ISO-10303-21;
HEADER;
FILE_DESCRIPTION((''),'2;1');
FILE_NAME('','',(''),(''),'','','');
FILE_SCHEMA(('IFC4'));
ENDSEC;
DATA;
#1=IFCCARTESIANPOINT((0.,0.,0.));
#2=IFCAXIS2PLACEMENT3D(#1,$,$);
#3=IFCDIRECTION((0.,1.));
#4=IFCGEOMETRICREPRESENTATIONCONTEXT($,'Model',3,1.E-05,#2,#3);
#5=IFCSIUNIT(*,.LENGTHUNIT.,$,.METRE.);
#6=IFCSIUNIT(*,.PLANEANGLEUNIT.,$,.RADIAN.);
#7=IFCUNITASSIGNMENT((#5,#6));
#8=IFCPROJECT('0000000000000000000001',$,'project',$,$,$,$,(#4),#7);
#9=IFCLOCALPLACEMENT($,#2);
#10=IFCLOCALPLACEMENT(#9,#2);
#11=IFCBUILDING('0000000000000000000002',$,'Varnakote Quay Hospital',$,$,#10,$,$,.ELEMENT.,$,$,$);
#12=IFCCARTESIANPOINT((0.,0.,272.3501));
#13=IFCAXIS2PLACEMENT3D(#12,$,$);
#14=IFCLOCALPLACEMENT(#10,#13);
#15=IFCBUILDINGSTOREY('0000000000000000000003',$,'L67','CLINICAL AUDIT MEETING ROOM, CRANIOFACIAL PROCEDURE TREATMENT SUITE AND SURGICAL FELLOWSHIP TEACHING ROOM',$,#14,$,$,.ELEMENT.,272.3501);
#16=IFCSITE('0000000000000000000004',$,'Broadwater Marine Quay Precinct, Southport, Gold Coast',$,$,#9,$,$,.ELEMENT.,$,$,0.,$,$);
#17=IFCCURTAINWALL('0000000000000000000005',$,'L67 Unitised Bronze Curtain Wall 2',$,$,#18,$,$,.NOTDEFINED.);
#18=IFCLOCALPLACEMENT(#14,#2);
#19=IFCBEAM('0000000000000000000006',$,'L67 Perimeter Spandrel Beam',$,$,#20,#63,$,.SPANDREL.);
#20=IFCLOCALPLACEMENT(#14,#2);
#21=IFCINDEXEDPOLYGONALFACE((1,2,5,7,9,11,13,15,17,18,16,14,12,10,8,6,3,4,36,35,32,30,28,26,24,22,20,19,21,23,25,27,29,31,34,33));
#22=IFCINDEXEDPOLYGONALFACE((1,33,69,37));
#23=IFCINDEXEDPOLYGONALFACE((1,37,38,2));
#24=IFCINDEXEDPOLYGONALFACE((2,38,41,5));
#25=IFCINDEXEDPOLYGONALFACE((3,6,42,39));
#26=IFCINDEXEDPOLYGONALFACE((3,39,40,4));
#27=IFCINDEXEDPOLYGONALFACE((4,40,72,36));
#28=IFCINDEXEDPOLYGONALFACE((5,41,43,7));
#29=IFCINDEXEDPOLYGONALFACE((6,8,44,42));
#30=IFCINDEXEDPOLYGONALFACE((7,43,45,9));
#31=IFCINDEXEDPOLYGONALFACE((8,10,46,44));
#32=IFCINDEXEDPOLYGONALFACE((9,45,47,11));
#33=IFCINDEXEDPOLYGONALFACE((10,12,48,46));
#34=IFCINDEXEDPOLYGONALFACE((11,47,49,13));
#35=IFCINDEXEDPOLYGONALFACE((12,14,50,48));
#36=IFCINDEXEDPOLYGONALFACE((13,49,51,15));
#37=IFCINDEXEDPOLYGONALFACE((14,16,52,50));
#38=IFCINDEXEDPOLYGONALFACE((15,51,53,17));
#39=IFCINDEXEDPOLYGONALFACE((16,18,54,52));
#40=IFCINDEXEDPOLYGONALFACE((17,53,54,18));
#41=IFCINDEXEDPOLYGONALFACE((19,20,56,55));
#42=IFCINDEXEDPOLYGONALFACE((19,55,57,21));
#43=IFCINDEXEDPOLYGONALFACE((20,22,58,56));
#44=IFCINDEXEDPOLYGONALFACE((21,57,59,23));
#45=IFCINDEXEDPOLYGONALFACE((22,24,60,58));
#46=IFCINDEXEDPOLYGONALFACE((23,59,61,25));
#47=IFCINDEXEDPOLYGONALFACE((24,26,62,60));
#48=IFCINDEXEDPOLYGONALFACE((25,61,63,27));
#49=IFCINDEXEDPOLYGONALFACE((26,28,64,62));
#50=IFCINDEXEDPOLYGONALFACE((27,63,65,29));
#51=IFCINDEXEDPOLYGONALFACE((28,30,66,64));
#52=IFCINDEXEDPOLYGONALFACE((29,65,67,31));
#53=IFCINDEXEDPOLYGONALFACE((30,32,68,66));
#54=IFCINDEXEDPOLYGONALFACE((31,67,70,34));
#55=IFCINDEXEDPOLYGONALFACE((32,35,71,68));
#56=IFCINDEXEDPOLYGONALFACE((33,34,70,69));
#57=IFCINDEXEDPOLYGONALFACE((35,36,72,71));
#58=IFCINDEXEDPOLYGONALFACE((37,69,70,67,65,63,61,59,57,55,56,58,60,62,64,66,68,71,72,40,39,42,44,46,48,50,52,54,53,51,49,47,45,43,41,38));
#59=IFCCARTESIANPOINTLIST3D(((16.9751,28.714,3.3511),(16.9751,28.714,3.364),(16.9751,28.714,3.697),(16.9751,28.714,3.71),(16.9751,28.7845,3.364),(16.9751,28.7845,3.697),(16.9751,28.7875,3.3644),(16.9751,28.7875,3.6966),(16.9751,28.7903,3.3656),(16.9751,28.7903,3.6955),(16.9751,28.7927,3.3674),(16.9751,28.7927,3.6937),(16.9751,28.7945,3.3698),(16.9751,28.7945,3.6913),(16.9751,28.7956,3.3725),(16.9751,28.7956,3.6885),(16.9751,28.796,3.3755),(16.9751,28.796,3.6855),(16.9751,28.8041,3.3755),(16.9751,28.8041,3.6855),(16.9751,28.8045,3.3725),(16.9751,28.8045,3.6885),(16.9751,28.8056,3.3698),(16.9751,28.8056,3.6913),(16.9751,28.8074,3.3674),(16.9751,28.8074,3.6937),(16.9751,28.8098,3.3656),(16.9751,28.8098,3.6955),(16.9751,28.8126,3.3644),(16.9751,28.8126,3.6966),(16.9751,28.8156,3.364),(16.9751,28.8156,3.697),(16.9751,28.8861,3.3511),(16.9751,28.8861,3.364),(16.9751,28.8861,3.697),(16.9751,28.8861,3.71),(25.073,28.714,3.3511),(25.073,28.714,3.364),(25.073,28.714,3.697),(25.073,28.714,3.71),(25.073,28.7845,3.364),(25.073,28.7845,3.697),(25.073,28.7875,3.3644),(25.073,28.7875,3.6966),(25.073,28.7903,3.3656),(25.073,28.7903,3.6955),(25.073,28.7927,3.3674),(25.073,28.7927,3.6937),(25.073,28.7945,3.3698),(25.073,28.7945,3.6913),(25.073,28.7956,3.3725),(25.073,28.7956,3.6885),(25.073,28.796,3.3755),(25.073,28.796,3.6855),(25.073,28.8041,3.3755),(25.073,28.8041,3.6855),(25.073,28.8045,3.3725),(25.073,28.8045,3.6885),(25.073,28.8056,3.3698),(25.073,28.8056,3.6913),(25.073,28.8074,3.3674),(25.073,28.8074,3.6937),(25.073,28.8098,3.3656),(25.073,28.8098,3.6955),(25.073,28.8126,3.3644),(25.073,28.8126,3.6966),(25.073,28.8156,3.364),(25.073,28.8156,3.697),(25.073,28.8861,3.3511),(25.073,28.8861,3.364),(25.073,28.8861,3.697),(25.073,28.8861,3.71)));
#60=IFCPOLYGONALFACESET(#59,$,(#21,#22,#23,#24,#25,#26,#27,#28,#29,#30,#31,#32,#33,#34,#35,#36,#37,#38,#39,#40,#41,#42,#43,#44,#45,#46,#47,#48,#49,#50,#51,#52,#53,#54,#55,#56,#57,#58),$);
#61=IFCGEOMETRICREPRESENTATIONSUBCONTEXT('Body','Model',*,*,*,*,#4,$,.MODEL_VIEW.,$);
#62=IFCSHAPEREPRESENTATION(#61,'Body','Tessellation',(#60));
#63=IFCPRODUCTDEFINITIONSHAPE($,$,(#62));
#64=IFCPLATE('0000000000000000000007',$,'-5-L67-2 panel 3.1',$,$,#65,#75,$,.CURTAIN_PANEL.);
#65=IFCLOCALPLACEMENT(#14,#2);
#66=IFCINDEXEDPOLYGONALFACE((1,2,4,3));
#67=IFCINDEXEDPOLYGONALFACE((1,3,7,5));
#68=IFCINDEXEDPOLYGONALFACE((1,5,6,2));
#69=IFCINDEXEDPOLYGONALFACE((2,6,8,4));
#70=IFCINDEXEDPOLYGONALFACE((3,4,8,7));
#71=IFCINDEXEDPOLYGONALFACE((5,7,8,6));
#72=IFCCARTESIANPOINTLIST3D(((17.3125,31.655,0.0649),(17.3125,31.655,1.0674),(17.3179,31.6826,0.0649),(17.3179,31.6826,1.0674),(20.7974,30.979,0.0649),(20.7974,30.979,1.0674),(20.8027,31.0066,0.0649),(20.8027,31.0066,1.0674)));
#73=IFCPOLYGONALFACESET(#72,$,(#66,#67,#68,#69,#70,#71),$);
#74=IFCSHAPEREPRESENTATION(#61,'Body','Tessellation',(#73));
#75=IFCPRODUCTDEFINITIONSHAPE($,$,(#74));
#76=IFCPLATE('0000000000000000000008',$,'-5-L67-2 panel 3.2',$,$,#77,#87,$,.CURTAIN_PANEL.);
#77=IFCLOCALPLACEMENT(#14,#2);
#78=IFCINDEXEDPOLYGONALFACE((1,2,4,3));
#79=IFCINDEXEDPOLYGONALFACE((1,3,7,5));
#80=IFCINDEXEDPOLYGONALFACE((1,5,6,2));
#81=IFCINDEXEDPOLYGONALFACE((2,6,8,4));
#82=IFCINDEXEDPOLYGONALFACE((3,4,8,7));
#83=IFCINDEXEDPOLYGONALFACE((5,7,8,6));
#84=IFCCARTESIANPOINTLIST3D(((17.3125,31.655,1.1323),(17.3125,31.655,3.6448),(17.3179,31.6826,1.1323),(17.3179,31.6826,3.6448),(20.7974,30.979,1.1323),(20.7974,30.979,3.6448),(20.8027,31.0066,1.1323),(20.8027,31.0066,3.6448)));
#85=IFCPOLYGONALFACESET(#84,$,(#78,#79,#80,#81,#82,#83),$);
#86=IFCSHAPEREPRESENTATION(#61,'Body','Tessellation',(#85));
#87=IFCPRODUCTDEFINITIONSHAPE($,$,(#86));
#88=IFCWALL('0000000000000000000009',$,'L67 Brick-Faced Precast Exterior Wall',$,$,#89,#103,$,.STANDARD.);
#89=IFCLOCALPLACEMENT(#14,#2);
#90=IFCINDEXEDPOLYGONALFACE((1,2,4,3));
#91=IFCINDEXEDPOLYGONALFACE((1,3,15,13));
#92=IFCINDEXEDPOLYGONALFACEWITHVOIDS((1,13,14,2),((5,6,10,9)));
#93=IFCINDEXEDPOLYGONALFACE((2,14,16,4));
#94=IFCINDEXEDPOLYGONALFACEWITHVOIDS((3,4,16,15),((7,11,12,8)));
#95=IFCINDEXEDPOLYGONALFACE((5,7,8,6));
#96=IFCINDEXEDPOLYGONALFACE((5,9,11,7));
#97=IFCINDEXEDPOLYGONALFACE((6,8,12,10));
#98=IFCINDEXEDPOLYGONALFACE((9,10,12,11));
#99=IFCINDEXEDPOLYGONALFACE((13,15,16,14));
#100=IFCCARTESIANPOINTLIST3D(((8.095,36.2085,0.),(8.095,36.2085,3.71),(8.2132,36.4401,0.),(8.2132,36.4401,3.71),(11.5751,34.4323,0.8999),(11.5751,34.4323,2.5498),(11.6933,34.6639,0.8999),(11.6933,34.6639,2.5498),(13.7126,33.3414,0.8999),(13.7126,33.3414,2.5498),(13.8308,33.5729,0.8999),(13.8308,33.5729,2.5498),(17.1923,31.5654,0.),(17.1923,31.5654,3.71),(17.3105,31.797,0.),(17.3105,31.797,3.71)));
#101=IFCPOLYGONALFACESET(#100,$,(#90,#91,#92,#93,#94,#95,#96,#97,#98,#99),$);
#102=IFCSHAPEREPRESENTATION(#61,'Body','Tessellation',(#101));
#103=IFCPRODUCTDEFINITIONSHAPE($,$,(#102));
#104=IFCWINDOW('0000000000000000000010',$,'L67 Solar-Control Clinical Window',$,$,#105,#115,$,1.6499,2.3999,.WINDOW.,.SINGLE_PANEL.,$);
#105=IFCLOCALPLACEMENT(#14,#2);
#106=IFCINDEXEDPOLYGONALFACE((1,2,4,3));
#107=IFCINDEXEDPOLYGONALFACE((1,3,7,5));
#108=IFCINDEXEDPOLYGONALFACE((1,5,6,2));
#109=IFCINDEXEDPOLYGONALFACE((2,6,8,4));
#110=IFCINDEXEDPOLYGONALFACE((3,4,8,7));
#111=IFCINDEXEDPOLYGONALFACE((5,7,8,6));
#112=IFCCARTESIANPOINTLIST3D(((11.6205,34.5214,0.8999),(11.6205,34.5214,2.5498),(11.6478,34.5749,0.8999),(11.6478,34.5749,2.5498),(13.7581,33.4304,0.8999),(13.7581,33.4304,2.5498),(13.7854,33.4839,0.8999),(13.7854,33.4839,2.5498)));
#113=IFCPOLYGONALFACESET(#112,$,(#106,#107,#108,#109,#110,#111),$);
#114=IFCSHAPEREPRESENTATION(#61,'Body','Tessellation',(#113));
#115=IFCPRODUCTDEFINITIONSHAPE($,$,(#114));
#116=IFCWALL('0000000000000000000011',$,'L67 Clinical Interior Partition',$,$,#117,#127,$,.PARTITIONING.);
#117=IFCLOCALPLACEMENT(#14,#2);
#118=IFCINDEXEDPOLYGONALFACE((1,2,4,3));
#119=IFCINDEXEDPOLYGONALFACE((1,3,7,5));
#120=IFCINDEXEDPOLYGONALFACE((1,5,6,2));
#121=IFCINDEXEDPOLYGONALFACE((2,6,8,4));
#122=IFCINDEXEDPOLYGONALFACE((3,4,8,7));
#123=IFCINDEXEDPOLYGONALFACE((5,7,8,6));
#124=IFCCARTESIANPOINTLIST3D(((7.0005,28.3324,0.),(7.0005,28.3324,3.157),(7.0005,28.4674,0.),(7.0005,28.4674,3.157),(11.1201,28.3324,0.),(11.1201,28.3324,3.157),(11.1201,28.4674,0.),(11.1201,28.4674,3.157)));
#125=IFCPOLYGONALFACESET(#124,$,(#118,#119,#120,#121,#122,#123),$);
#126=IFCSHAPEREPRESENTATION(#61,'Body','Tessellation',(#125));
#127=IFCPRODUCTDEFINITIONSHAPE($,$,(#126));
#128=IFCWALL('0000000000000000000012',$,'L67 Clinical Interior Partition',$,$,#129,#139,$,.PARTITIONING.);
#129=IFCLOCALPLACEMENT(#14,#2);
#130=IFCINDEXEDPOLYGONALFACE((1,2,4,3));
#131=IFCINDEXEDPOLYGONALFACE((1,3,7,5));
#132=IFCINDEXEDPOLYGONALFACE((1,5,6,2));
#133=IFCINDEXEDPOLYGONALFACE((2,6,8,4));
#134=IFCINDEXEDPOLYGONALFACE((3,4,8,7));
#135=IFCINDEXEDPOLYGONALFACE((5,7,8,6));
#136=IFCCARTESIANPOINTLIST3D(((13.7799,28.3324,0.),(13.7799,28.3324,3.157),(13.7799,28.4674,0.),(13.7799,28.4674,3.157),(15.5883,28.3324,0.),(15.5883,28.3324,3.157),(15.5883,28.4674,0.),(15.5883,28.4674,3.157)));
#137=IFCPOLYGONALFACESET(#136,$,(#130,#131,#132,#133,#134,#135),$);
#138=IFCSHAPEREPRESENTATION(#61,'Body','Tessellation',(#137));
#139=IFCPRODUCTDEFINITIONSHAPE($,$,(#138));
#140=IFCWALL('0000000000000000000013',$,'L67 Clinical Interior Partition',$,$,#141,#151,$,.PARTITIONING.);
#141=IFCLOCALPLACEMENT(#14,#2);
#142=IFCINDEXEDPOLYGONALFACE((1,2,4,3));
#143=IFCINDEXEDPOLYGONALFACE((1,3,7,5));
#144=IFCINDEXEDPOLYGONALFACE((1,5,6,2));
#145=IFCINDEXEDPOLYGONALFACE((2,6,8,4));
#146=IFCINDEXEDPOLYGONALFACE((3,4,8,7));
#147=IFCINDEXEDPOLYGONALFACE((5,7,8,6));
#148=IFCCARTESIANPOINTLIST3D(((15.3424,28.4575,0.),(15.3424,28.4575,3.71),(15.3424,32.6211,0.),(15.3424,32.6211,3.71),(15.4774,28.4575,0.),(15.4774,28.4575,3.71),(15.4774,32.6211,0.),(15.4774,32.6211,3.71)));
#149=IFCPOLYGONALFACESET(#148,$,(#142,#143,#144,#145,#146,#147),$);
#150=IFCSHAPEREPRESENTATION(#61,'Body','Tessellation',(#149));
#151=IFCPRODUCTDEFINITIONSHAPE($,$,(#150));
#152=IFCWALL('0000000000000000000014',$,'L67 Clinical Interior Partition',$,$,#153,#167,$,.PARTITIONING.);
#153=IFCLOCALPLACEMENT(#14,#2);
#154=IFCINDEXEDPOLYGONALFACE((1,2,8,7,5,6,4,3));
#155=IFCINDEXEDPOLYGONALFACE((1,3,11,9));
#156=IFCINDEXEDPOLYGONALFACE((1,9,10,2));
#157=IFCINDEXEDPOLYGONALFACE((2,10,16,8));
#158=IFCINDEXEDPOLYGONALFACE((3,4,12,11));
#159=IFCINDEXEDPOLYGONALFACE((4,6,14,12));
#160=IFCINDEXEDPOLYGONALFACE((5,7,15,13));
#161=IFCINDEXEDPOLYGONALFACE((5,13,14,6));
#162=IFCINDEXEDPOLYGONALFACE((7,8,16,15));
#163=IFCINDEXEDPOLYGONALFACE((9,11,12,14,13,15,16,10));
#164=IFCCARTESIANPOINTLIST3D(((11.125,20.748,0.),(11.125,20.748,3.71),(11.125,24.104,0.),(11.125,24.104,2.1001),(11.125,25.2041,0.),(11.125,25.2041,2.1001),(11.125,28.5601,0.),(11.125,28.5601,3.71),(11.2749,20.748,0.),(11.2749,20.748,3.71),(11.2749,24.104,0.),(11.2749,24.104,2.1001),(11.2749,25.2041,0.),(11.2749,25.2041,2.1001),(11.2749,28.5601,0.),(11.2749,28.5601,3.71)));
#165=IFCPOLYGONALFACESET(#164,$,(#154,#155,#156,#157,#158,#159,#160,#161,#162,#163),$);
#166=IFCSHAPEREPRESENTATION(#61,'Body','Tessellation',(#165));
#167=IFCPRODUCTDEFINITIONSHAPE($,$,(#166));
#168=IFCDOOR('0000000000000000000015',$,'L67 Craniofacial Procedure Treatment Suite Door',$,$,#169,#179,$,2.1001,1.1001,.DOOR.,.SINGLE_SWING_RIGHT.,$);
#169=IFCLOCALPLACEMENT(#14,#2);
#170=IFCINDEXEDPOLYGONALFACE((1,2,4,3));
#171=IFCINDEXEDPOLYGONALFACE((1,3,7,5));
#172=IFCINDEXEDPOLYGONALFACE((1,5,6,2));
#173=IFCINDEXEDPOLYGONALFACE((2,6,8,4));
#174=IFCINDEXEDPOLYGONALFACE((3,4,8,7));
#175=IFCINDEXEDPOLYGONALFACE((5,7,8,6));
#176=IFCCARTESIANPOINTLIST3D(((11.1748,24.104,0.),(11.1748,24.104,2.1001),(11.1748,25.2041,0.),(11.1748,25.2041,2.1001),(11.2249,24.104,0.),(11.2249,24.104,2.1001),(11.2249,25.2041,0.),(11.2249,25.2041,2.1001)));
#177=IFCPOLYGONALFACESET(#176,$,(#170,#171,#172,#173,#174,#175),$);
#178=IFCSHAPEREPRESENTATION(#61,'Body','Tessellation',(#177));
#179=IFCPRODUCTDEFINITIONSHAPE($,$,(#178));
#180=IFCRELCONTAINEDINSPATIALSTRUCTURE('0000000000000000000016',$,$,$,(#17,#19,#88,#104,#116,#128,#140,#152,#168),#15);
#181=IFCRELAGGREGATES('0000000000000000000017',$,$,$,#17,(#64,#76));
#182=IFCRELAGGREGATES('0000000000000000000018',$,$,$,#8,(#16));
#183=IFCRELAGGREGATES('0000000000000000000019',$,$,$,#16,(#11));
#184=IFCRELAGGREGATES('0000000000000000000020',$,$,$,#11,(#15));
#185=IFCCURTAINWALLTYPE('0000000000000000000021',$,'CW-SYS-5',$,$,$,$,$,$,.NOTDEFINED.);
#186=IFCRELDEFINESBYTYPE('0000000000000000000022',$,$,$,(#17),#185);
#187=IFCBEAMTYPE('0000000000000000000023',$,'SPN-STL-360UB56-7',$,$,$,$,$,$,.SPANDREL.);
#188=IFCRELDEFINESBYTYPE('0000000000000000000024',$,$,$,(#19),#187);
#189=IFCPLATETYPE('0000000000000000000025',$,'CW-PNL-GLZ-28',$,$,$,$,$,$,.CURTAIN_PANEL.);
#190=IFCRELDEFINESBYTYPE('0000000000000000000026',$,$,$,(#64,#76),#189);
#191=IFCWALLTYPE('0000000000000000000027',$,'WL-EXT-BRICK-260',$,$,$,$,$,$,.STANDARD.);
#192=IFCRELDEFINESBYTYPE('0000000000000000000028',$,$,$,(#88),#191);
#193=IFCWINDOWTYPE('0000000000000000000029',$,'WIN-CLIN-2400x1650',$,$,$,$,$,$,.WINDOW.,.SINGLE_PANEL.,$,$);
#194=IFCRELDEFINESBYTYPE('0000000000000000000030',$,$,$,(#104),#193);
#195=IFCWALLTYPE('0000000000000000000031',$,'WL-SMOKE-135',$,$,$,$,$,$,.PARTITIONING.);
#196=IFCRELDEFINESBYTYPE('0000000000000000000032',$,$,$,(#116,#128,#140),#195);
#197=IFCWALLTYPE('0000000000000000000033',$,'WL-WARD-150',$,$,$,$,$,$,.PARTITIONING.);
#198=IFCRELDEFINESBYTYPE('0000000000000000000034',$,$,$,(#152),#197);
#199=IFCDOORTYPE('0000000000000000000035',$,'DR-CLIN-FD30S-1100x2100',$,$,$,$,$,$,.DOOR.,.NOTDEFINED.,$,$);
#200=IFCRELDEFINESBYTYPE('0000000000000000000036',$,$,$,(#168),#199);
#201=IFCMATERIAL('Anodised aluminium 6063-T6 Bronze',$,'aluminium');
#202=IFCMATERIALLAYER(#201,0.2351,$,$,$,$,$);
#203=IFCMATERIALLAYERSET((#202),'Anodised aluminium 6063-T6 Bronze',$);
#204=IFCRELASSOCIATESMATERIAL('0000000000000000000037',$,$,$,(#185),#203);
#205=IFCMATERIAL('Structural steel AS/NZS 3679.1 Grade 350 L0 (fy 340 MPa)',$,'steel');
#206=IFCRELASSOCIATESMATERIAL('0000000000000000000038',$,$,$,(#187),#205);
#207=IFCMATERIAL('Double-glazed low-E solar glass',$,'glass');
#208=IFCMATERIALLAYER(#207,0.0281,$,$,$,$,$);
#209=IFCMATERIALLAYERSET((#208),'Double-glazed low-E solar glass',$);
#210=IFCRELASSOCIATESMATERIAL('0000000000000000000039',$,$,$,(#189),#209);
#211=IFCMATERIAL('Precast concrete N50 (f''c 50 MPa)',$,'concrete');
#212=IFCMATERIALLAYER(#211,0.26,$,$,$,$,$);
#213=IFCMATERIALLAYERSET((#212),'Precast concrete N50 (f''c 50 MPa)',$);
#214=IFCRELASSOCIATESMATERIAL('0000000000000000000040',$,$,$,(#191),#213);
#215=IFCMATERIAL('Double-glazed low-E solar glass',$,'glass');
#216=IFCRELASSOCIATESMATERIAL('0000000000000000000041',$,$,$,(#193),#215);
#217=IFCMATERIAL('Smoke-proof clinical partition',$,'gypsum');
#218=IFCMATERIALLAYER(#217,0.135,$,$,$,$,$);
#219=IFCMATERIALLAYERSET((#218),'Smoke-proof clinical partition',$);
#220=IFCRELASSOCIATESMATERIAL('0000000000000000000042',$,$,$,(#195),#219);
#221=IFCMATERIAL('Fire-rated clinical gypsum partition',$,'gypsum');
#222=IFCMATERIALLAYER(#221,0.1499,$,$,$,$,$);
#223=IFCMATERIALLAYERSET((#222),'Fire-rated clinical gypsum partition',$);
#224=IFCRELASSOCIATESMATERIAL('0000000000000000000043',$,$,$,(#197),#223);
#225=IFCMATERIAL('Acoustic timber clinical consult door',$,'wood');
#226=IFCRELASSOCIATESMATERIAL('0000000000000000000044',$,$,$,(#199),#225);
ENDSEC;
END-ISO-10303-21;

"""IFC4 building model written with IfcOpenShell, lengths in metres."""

from ifc_helpers import new_model, si_unit, direction, frame, frame_2d, origin, origin_2d, place, context, subcontext, project, spatial, rectangle, i_section, extrude, material, layer, layer_set, material_profile, profile_set, type_object, element, fill, aggregate, save


model = new_model("IFC4")

# Units and contexts
model_context = context("Model", 3, precision=1e-05, world=origin(), true_north=direction((0.0, 1.0)))
body_context = subcontext(model_context, "Body", "Model", "MODEL_VIEW")
ifc_project = project(units=[si_unit("LENGTHUNIT", "METRE"), si_unit("PLANEANGLEUNIT", "RADIAN")], contexts=[model_context])

# Site, building, storey
site_placement = place(None, origin())
site = spatial("IfcSite", under=ifc_project, at=site_placement, Name="Broadwater Marine Quay Precinct, Southport, Gold Coast", CompositionType="ELEMENT", RefElevation=0.0)
building_placement = place(site_placement, origin())
building = spatial("IfcBuilding", under=site, at=building_placement, Name="Varnakote Quay Hospital", CompositionType="ELEMENT")
storey_placement = place(building_placement, frame((0.0, 0.0, 272.3501)))
storey = spatial("IfcBuildingStorey", under=building, at=storey_placement, Name="L67", Description="CLINICAL AUDIT MEETING ROOM, CRANIOFACIAL PROCEDURE TREATMENT SUITE AND SURGICAL FELLOWSHIP TEACHING ROOM", CompositionType="ELEMENT", Elevation=272.3501)

# Curtain wall
ifc_material_1 = material(Name="Anodised aluminium 6063-T6 Bronze", Category="aluminium")
ifc_layer_1 = layer(ifc_material_1, 0.2351)
ifc_layer_set_1 = layer_set([ifc_layer_1], Name="Anodised aluminium 6063-T6 Bronze")
curtain_wall_type = type_object("IfcCurtainWallType", Name="CW-SYS-5", PredefinedType="NOTDEFINED", material=ifc_layer_set_1)
curtain_wall_placement = place(storey_placement, origin())
curtain_wall = element("IfcCurtainWall", 1, at=curtain_wall_placement, inside=storey, type_object=curtain_wall_type, Name="L67 Unitised Bronze Curtain Wall 2", PredefinedType="NOTDEFINED")

# Beam
ifc_material_2 = material(Name="Structural steel AS/NZS 3679.1 Grade 350 L0 (fy 340 MPa)", Category="steel")
ifc_material_profile_1 = material_profile(ifc_material_2, i_section(OverallWidth=0.1721, OverallDepth=0.3589, WebThickness=0.0081, FlangeThickness=0.0129, FilletRadius=0.0115, at=origin_2d()), Name="360UB56.7")
ifc_profile_set_1 = profile_set([ifc_material_profile_1], Name="Structural steel AS/NZS 3679.1 Grade 350 L0 (fy 340 MPa)")
beam_type_1 = type_object("IfcBeamType", Name="SPN-STL-360UB56-7", PredefinedType="SPANDREL", material=ifc_profile_set_1)
beam_1_placement = place(storey_placement, frame((16.9751, 28.8, 3.5305), z_axis=(1.0, 0.0, 0.0), x_axis=(0.0, 1.0, 0.0)))
element("IfcBeam", 2, at=beam_1_placement, inside=storey, type_object=beam_type_1, Name="L67 Perimeter Spandrel Beam", PredefinedType="SPANDREL", context=body_context, shape_type="SweptSolid", body=[
    extrude(i_section(OverallWidth=0.1721, OverallDepth=0.3589, WebThickness=0.0081, FlangeThickness=0.0129, FilletRadius=0.0115, at=origin_2d()), origin(), (0.0, 0.0, 1.0), 8.0979),
])

# Plates
ifc_material_3 = material(Name="Double-glazed low-E solar glass", Category="glass")
ifc_layer_2 = layer(ifc_material_3, 0.0281)
ifc_layer_set_2 = layer_set([ifc_layer_2], Name="Double-glazed low-E solar glass")
plate_type = type_object("IfcPlateType", Name="CW-PNL-GLZ-28", PredefinedType="CURTAIN_PANEL", material=ifc_layer_set_2)
plate_1_placement = place(storey_placement, frame((19.0576, 31.3308, 0.0649), z_axis=(0.0, 0.0, 1.0), x_axis=(-0.9817, 0.190434, 0.0)))
plate_1 = element("IfcPlate", 3, at=plate_1_placement, type_object=plate_type, Name="-5-L67-2 panel 3.1", PredefinedType="CURTAIN_PANEL", context=body_context, shape_type="SweptSolid", body=[
    extrude(rectangle(XDim=3.5498, YDim=0.0281, at=origin_2d()), origin(), (0.0, 0.0, 1.0), 1.0024),
])
plate_2_placement = place(storey_placement, frame((19.0576, 31.3308, 1.1323), z_axis=(0.0, 0.0, 1.0), x_axis=(-0.9817, 0.190434, 0.0)))
plate_2 = element("IfcPlate", 4, at=plate_2_placement, type_object=plate_type, Name="-5-L67-2 panel 3.2", PredefinedType="CURTAIN_PANEL", context=body_context, shape_type="SweptSolid", body=[
    extrude(rectangle(XDim=3.5498, YDim=0.0281, at=origin_2d()), origin(), (0.0, 0.0, 1.0), 2.5125),
])
aggregate(curtain_wall, [plate_1, plate_2])

# Wall, opening, window
ifc_material_4 = material(Name="Precast concrete N50 (f'c 50 MPa)", Category="concrete")
ifc_layer_3 = layer(ifc_material_4, 0.26)
ifc_layer_set_3 = layer_set([ifc_layer_3], Name="Precast concrete N50 (f'c 50 MPa)")
wall_type_1 = type_object("IfcWallType", Name="WL-EXT-BRICK-260", PredefinedType="STANDARD", material=ifc_layer_set_3)
wall_1_placement = place(storey_placement, frame((17.2515, 31.6812, 0.0), z_axis=(0.0, 0.0, 1.0), x_axis=(-0.890696, 0.454599, 0.0)))
wall_1 = element("IfcWall", 5, at=wall_1_placement, inside=storey, type_object=wall_type_1, Name="L67 Brick-Faced Precast Exterior Wall", PredefinedType="STANDARD", context=body_context, shape_type="SweptSolid", body=[
    extrude(rectangle(XDim=10.2136, YDim=0.26, at=frame_2d((5.1069, 0.0))), origin(), (0.0, 0.0, 1.0), 3.71),
])
opening_1_placement = place(wall_1_placement, frame((3.9067, 0.0, 0.8999)))
opening_1 = element("IfcOpeningElement", 6, at=opening_1_placement, cuts=wall_1, PredefinedType="OPENING", context=body_context, shape_type="SweptSolid", body=[
    extrude(rectangle(XDim=2.3999, YDim=1.6499, at=frame_2d((1.2, 0.825))), frame((0.0, 0.1399, 0.0), z_axis=(0.0, -1.0, 0.0), x_axis=(1.0, 0.0, 0.0)), (0.0, 0.0, 1.0), 0.28),
])
ifc_material_5 = material(Name="Double-glazed low-E solar glass", Category="glass")
window_type = type_object("IfcWindowType", Name="WIN-CLIN-2400x1650", PartitioningType="SINGLE_PANEL", PredefinedType="WINDOW", material=ifc_material_5)
window_placement = place(opening_1_placement, origin())
window = element("IfcWindow", 7, at=window_placement, inside=storey, type_object=window_type, Name="L67 Solar-Control Clinical Window", OverallHeight=1.6499, OverallWidth=2.3999, PartitioningType="SINGLE_PANEL", PredefinedType="WINDOW", context=body_context, shape_type="SweptSolid", body=[
    extrude(rectangle(XDim=2.3999, YDim=1.6499, at=frame_2d((1.2, 0.825))), frame((0.0, 0.03, 0.0), z_axis=(0.0, -1.0, 0.0), x_axis=(1.0, 0.0, 0.0)), (0.0, 0.0, 1.0), 0.0601),
])
fill(opening_1, window)

# Walls
ifc_material_6 = material(Name="Smoke-proof clinical partition", Category="gypsum")
ifc_layer_4 = layer(ifc_material_6, 0.135)
ifc_layer_set_4 = layer_set([ifc_layer_4], Name="Smoke-proof clinical partition")
wall_type_2 = type_object("IfcWallType", Name="WL-SMOKE-135", PredefinedType="PARTITIONING", material=ifc_layer_set_4)
wall_2_placement = place(storey_placement, frame((11.1201, 28.3999, 0.0), z_axis=(0.0, 0.0, 1.0), x_axis=(-1.0, 0.0, 0.0)))
element("IfcWall", 8, at=wall_2_placement, inside=storey, type_object=wall_type_2, Name="L67 Clinical Interior Partition", PredefinedType="PARTITIONING", context=body_context, shape_type="SweptSolid", body=[
    extrude(rectangle(XDim=4.1196, YDim=0.135, at=frame_2d((2.0598, 0.0))), origin(), (0.0, 0.0, 1.0), 3.157),
])
wall_3_placement = place(storey_placement, frame((15.5884, 28.3999, 0.0), z_axis=(0.0, 0.0, 1.0), x_axis=(-1.0, 0.0, 0.0)))
element("IfcWall", 9, at=wall_3_placement, inside=storey, type_object=wall_type_2, Name="L67 Clinical Interior Partition", PredefinedType="PARTITIONING", context=body_context, shape_type="SweptSolid", body=[
    extrude(rectangle(XDim=1.8083, YDim=0.135, at=frame_2d((0.9043, 0.0))), origin(), (0.0, 0.0, 1.0), 3.157),
])
wall_4_placement = place(storey_placement, frame((15.4099, 28.4575, 0.0), z_axis=(0.0, 0.0, 1.0), x_axis=(0.0, 1.0, 0.0)))
element("IfcWall", 10, at=wall_4_placement, inside=storey, type_object=wall_type_2, Name="L67 Clinical Interior Partition", PredefinedType="PARTITIONING", context=body_context, shape_type="SweptSolid", body=[
    extrude(rectangle(XDim=4.1636, YDim=0.135, at=frame_2d((2.0818, 0.0))), origin(), (0.0, 0.0, 1.0), 3.71),
])

# Wall, opening, door
ifc_material_7 = material(Name="Fire-rated clinical gypsum partition", Category="gypsum")
ifc_layer_5 = layer(ifc_material_7, 0.1499)
ifc_layer_set_5 = layer_set([ifc_layer_5], Name="Fire-rated clinical gypsum partition")
wall_type_3 = type_object("IfcWallType", Name="WL-WARD-150", PredefinedType="PARTITIONING", material=ifc_layer_set_5)
wall_5_placement = place(storey_placement, frame((11.2, 28.5601, 0.0), z_axis=(0.0, 0.0, 1.0), x_axis=(0.0, -1.0, 0.0)))
wall_5 = element("IfcWall", 11, at=wall_5_placement, inside=storey, type_object=wall_type_3, Name="L67 Clinical Interior Partition", PredefinedType="PARTITIONING", context=body_context, shape_type="SweptSolid", body=[
    extrude(rectangle(XDim=7.812, YDim=0.1499, at=frame_2d((3.906, 0.0))), origin(), (0.0, 0.0, 1.0), 3.71),
])
opening_2_placement = place(wall_5_placement, frame((3.356, 0.0, 0.0)))
opening_2 = element("IfcOpeningElement", 12, at=opening_2_placement, cuts=wall_5, PredefinedType="OPENING", context=body_context, shape_type="SweptSolid", body=[
    extrude(rectangle(XDim=1.1001, YDim=2.1001, at=frame_2d((0.55, 1.05))), frame((0.0, 0.085, 0.0), z_axis=(0.0, -1.0, 0.0), x_axis=(1.0, 0.0, 0.0)), (0.0, 0.0, 1.0), 0.1699),
])
ifc_material_8 = material(Name="Acoustic timber clinical consult door", Category="wood")
door_type = type_object("IfcDoorType", Name="DR-CLIN-FD30S-1100x2100", OperationType="NOTDEFINED", PredefinedType="DOOR", material=ifc_material_8)
door_1_placement = place(opening_2_placement, origin())
door_1 = element("IfcDoor", 13, at=door_1_placement, inside=storey, type_object=door_type, Name="L67 Craniofacial Procedure Treatment Suite Door", OperationType="SINGLE_SWING_RIGHT", OverallHeight=2.1001, OverallWidth=1.1001, PredefinedType="DOOR", context=body_context, shape_type="SweptSolid", body=[
    extrude(rectangle(XDim=1.1001, YDim=2.1001, at=frame_2d((0.55, 1.05))), frame((0.0, 0.0249, 0.0), z_axis=(0.0, -1.0, 0.0), x_axis=(1.0, 0.0, 0.0)), (0.0, 0.0, 1.0), 0.05),
])
fill(opening_2, door_1)

save(model, "model.ifc")
